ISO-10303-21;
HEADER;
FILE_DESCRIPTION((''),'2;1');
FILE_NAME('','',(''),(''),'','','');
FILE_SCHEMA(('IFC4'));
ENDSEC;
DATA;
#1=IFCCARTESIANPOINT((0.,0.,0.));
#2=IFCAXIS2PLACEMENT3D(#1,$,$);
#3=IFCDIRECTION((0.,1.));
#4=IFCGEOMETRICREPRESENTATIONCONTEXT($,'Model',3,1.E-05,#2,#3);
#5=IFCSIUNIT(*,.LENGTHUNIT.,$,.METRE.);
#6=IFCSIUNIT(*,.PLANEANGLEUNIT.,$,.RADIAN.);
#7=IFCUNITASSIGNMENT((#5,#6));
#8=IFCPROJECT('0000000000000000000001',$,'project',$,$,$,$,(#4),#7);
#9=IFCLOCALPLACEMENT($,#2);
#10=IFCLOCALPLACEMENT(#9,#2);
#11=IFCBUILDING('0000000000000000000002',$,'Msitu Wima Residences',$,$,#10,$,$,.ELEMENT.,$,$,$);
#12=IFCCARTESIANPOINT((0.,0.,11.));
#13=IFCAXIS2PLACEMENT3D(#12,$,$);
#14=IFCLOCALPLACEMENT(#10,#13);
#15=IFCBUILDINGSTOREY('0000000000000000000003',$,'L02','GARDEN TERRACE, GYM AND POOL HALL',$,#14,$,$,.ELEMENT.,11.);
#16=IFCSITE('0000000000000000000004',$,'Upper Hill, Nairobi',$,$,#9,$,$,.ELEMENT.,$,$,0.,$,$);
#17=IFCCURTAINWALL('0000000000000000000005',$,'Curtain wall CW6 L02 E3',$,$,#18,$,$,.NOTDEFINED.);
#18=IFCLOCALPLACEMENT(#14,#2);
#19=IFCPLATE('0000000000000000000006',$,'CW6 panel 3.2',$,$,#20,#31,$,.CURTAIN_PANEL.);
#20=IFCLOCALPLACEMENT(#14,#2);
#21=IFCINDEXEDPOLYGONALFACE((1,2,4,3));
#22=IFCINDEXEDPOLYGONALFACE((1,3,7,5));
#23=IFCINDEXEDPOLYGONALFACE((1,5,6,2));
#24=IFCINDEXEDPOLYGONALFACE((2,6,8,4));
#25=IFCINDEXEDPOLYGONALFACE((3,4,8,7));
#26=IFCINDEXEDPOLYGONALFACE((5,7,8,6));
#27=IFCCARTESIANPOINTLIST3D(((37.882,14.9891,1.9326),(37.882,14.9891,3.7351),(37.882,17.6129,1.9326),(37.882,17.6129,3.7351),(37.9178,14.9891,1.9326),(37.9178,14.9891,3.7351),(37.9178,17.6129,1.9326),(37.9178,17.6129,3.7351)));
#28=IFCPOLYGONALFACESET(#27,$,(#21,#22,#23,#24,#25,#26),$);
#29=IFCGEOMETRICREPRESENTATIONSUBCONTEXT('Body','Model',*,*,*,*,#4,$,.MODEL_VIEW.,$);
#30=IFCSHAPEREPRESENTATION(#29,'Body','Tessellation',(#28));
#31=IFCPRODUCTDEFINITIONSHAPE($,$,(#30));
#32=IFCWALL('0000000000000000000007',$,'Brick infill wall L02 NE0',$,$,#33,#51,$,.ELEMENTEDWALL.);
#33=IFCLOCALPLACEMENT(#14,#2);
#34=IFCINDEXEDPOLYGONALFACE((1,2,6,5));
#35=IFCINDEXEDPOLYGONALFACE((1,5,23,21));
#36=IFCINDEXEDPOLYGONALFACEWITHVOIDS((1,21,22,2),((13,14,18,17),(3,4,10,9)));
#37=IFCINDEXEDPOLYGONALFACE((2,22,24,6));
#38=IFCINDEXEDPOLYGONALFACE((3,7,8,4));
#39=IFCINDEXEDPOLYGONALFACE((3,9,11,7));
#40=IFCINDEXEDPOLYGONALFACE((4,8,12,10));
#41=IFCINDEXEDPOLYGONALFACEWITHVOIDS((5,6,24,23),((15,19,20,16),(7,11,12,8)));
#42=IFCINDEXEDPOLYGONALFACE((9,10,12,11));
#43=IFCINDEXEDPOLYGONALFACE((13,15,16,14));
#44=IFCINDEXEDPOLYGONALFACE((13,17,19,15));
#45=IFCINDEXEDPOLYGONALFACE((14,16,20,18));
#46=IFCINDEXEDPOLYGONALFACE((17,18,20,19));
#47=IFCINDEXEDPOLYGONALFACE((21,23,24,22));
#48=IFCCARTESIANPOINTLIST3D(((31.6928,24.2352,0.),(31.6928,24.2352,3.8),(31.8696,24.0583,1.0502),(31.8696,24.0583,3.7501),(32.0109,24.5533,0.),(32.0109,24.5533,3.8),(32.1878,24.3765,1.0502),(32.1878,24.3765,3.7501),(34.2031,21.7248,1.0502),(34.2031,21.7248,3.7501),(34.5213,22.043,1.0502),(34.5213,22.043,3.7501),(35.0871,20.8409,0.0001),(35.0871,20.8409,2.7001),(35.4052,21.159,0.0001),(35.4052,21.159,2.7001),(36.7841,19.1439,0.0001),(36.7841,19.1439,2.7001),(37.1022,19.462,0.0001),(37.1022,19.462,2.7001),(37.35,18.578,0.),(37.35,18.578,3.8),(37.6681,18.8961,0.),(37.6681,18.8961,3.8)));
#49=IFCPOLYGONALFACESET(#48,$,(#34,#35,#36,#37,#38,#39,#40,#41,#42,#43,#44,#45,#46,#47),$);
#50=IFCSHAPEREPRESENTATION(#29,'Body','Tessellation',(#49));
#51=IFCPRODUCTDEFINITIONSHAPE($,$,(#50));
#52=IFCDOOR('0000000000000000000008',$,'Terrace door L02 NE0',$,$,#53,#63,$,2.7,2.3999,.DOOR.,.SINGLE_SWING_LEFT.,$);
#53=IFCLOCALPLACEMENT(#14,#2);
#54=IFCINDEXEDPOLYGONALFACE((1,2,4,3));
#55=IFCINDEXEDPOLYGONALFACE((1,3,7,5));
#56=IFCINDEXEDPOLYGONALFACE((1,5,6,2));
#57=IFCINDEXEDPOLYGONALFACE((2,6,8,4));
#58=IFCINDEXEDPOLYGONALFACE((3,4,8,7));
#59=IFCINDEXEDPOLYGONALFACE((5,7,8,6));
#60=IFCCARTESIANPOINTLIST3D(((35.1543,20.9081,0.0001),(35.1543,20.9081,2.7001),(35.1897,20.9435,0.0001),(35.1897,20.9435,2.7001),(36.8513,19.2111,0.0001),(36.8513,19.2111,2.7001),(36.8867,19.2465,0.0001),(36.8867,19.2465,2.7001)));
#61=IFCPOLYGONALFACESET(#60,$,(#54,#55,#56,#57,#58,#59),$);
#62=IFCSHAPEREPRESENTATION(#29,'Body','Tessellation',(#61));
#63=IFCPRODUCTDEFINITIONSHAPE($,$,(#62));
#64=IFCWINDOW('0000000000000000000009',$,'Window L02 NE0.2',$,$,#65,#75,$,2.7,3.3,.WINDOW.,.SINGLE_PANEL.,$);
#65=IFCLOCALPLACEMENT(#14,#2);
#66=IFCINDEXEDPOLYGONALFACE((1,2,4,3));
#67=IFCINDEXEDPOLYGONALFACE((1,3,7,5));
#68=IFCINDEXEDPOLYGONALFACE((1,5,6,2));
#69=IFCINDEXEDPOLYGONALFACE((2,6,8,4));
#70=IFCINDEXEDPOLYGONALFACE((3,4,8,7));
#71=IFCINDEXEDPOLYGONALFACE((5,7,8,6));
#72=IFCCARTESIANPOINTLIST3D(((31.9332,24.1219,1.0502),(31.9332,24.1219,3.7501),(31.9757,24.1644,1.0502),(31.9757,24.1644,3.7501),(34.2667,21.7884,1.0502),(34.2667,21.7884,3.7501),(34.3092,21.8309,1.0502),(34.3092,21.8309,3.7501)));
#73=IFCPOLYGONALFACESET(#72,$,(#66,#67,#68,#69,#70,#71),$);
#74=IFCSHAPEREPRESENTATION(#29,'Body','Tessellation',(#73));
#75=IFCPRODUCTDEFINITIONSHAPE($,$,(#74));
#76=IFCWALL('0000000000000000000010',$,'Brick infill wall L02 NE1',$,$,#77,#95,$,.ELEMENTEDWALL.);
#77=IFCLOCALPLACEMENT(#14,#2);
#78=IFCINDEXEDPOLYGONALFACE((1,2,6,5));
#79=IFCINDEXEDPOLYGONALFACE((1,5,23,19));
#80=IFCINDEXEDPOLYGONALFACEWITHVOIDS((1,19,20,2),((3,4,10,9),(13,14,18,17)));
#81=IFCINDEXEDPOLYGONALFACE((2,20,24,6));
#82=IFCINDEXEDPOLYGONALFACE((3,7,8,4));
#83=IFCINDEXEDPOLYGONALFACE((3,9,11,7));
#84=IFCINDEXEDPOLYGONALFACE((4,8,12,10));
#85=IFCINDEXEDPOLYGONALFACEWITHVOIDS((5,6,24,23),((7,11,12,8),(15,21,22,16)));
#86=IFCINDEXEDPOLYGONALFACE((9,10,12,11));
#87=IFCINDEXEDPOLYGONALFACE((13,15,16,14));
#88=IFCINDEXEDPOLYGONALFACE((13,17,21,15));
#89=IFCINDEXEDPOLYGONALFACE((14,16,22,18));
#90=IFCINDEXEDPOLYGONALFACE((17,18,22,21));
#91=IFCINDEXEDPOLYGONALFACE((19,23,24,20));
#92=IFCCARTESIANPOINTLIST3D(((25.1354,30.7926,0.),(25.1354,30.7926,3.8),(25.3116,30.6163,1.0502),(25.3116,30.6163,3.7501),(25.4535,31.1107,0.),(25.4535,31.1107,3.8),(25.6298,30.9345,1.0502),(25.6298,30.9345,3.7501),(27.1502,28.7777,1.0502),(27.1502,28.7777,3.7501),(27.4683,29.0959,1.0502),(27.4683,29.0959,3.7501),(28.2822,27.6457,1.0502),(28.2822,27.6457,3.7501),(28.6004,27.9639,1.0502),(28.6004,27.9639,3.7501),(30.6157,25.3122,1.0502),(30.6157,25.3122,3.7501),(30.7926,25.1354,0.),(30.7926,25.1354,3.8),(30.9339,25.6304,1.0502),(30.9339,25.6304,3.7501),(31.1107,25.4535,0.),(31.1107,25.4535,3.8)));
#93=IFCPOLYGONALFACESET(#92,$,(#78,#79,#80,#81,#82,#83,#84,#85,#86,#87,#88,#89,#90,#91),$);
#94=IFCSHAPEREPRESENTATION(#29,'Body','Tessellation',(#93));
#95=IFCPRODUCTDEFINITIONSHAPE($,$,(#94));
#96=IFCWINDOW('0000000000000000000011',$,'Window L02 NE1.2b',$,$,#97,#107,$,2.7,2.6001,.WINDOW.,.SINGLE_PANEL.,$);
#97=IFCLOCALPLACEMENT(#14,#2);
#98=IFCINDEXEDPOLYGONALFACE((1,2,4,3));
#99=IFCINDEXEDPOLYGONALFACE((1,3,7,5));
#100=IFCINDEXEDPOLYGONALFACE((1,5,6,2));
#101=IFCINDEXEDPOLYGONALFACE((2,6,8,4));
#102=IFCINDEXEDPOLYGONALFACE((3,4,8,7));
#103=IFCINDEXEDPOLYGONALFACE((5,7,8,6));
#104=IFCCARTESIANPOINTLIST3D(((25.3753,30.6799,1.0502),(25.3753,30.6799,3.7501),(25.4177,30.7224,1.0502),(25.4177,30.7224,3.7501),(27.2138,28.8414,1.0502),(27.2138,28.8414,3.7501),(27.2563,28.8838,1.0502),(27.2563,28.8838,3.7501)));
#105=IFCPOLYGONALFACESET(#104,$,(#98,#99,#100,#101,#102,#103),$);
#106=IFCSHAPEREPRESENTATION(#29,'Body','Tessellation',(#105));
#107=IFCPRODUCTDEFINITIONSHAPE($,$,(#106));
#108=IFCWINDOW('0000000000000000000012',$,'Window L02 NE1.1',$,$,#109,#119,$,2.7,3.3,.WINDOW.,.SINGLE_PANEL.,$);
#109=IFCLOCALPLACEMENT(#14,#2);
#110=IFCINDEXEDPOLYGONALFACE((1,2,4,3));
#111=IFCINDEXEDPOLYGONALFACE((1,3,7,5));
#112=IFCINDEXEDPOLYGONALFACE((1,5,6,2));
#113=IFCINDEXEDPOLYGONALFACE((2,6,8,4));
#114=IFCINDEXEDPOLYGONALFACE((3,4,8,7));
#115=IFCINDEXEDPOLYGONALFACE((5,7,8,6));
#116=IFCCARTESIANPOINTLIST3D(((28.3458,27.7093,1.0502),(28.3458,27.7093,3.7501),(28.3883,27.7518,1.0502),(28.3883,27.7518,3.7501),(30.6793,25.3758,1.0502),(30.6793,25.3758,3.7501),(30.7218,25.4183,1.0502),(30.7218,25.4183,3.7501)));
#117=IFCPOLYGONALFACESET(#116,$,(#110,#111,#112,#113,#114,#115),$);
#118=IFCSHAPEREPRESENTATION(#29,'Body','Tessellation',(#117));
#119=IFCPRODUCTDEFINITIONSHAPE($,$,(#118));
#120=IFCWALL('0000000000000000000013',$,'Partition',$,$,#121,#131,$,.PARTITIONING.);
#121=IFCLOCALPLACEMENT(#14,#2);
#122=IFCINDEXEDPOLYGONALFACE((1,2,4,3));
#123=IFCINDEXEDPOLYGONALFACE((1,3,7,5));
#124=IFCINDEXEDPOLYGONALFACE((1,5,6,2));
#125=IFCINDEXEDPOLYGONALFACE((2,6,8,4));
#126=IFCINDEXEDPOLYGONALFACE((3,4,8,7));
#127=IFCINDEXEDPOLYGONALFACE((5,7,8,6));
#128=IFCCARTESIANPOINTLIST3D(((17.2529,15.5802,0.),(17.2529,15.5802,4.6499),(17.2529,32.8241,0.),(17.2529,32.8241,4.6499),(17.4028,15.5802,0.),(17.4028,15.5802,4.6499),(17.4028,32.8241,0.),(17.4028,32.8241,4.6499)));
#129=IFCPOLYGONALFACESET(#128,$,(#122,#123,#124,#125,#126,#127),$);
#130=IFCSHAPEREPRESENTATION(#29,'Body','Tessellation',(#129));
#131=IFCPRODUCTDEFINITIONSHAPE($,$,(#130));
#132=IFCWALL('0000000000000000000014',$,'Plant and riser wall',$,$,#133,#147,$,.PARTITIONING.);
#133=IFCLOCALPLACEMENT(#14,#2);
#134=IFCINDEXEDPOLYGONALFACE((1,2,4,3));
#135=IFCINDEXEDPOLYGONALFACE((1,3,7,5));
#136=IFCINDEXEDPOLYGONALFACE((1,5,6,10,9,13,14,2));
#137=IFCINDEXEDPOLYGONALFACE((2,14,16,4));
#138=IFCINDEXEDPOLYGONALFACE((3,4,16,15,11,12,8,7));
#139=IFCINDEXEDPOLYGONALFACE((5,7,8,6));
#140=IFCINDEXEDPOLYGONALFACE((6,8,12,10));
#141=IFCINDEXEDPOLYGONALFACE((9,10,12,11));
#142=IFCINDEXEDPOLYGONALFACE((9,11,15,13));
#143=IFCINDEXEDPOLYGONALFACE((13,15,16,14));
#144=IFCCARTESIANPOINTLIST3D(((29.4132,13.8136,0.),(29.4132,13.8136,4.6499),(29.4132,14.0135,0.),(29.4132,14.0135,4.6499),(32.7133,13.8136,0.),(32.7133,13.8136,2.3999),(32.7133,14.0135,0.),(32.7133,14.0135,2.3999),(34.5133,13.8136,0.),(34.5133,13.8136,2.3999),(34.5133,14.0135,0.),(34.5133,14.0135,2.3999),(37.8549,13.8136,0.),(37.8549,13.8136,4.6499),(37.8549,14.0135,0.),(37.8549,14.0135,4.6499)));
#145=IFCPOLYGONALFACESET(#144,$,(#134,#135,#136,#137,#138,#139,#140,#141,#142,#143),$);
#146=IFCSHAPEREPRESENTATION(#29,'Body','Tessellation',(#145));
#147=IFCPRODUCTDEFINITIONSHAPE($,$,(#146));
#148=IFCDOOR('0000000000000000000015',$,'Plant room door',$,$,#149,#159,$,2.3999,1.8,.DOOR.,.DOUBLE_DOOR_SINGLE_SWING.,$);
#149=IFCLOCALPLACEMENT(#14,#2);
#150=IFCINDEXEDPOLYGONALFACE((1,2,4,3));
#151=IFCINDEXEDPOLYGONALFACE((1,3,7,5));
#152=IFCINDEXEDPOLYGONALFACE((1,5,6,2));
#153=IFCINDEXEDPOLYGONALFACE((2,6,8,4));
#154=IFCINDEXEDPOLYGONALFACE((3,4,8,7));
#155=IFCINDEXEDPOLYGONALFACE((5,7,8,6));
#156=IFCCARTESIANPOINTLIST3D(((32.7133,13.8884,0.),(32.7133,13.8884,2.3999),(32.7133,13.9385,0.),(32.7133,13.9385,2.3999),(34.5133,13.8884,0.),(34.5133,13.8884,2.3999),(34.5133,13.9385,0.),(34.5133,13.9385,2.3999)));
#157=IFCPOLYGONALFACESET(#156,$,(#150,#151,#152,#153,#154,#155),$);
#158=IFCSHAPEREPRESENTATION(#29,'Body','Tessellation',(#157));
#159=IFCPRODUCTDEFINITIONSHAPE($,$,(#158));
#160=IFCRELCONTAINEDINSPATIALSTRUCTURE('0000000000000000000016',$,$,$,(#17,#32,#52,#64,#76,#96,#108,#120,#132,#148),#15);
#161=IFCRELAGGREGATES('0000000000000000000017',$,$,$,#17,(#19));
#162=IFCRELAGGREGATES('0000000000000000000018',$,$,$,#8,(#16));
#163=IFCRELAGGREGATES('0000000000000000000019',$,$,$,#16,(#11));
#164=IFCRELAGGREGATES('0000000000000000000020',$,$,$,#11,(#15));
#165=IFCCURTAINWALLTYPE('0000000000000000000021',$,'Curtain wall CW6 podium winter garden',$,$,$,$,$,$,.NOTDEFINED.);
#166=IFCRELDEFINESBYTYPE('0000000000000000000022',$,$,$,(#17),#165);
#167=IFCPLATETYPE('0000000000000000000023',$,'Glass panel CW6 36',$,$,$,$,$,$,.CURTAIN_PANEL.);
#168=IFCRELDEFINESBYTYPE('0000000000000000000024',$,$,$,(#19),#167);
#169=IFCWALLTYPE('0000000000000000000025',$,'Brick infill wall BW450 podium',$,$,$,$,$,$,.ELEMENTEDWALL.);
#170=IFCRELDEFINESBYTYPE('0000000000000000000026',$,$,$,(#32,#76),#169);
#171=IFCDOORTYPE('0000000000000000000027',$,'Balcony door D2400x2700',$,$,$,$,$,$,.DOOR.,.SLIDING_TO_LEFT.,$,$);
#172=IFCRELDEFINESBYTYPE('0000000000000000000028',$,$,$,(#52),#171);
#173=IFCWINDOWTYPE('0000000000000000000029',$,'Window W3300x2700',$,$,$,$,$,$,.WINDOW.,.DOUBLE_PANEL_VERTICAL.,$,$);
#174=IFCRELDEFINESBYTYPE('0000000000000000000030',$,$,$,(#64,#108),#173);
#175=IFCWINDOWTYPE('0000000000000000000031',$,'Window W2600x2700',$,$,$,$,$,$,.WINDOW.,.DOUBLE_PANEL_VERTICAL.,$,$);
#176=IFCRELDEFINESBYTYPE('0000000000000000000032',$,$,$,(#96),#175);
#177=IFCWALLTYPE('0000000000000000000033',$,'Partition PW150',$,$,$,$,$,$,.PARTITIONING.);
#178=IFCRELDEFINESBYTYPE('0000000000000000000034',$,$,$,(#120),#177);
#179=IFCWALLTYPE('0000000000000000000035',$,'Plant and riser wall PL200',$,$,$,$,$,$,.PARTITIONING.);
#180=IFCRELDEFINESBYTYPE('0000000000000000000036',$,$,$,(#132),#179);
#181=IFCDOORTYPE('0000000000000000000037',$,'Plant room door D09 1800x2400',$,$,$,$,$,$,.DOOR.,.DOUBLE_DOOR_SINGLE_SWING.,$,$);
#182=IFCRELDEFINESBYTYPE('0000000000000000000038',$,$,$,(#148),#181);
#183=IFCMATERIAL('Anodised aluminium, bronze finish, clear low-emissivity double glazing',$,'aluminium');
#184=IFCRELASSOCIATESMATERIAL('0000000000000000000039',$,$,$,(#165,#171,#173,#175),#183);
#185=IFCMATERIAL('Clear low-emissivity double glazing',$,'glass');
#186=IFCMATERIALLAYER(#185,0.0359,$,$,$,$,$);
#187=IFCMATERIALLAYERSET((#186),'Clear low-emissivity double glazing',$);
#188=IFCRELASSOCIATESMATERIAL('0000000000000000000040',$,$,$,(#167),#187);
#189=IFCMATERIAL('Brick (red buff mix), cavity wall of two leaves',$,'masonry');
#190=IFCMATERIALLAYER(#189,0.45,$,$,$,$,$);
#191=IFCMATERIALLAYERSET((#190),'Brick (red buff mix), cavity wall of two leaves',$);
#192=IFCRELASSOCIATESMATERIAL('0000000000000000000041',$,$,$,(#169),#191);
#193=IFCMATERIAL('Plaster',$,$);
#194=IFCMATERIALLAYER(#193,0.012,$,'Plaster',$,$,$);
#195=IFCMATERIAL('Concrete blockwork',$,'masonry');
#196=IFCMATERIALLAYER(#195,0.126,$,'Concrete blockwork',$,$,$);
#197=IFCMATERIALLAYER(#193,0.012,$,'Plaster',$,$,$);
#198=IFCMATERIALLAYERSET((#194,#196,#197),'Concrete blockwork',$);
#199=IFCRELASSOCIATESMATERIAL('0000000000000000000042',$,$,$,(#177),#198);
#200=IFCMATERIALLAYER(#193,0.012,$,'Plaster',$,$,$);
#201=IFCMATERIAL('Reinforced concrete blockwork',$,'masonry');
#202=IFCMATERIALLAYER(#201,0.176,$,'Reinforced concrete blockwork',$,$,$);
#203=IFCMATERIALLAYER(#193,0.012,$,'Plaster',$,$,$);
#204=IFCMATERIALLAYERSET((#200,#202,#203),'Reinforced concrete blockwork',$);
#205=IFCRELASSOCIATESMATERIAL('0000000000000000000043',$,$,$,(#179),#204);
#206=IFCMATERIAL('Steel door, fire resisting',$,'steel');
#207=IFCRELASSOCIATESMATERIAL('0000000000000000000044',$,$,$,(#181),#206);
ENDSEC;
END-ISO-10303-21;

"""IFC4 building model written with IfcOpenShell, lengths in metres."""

from ifc_helpers import new_model, si_unit, direction, frame, frame_2d, origin, origin_2d, place, context, subcontext, project, spatial, rectangle, extrude, material, layer, layer_set, type_object, element, fill, aggregate, save


model = new_model("IFC4")

# Units and contexts
model_context = context("Model", 3, precision=1e-05, world=origin(), true_north=direction((0.0, 1.0)))
body_context = subcontext(model_context, "Body", "Model", "MODEL_VIEW")
ifc_project = project(units=[si_unit("LENGTHUNIT", "METRE"), si_unit("PLANEANGLEUNIT", "RADIAN")], contexts=[model_context])

# Site, building, storey
site_placement = place(None, origin())
site = spatial("IfcSite", under=ifc_project, at=site_placement, Name="Upper Hill, Nairobi", CompositionType="ELEMENT", RefElevation=0.0)
building_placement = place(site_placement, origin())
building = spatial("IfcBuilding", under=site, at=building_placement, Name="Msitu Wima Residences", CompositionType="ELEMENT")
storey_placement = place(building_placement, frame((0.0, 0.0, 11.0)))
storey = spatial("IfcBuildingStorey", under=building, at=storey_placement, Name="L02", Description="GARDEN TERRACE, GYM AND POOL HALL", CompositionType="ELEMENT", Elevation=11.0)

# Curtain wall
ifc_material_1 = material(Name="Anodised aluminium, bronze finish, clear low-emissivity double glazing", Category="aluminium")
curtain_wall_type = type_object("IfcCurtainWallType", Name="Curtain wall CW6 podium winter garden", PredefinedType="NOTDEFINED", material=ifc_material_1)
curtain_wall_placement = place(storey_placement, origin())
curtain_wall = element("IfcCurtainWall", 1, at=curtain_wall_placement, inside=storey, type_object=curtain_wall_type, Name="Curtain wall CW6 L02 E3", PredefinedType="NOTDEFINED")

# Plate
ifc_material_2 = material(Name="Clear low-emissivity double glazing", Category="glass")
ifc_layer_1 = layer(ifc_material_2, 0.0359)
ifc_layer_set_1 = layer_set([ifc_layer_1], Name="Clear low-emissivity double glazing")
plate_type = type_object("IfcPlateType", Name="Glass panel CW6 36", PredefinedType="CURTAIN_PANEL", material=ifc_layer_set_1)
plate_1_placement = place(storey_placement, frame((37.8999, 16.301, 1.9326), z_axis=(0.0, 0.0, 1.0), x_axis=(0.0, 1.0, 0.0)))
plate_1 = element("IfcPlate", 2, at=plate_1_placement, type_object=plate_type, Name="CW6 panel 3.2", PredefinedType="CURTAIN_PANEL", context=body_context, shape_type="SweptSolid", body=[
    extrude(rectangle(XDim=2.6238, YDim=0.0359, at=origin_2d()), origin(), (0.0, 0.0, 1.0), 1.8025),
])
aggregate(curtain_wall, [plate_1])

# Wall, openings, door, window
ifc_material_3 = material(Name="Brick (red buff mix), cavity wall of two leaves", Category="masonry")
ifc_layer_2 = layer(ifc_material_3, 0.45)
ifc_layer_set_2 = layer_set([ifc_layer_2], Name="Brick (red buff mix), cavity wall of two leaves")
wall_type_1 = type_object("IfcWallType", Name="Brick infill wall BW450 podium", PredefinedType="ELEMENTEDWALL", material=ifc_layer_set_2)
wall_1_placement = place(storey_placement, frame((37.509, 18.7371, 0.0), z_axis=(0.0, 0.0, 1.0), x_axis=(-0.707107, 0.707107, 0.0)))
wall_1 = element("IfcWall", 3, at=wall_1_placement, inside=storey, type_object=wall_type_1, Name="Brick infill wall L02 NE0", PredefinedType="ELEMENTEDWALL", context=body_context, shape_type="SweptSolid", body=[
    extrude(rectangle(XDim=8.0005, YDim=0.45, at=frame_2d((4.0002, 0.0))), origin(), (0.0, 0.0, 1.0), 3.8),
])
opening_1_placement = place(wall_1_placement, frame((0.8003, 0.0, 0.0)))
opening_1 = element("IfcOpeningElement", 4, at=opening_1_placement, cuts=wall_1, PredefinedType="OPENING", context=body_context, shape_type="SweptSolid", body=[
    extrude(rectangle(XDim=2.3999, YDim=2.7, at=frame_2d((1.2, 1.3501))), frame((0.0, 0.2349, 0.0), z_axis=(0.0, -1.0, 0.0), x_axis=(1.0, 0.0, 0.0)), (0.0, 0.0, 1.0), 0.47),
])
opening_2_placement = place(wall_1_placement, frame((4.4504, 0.0, 1.05)))
opening_2 = element("IfcOpeningElement", 5, at=opening_2_placement, cuts=wall_1, PredefinedType="OPENING", context=body_context, shape_type="SweptSolid", body=[
    extrude(rectangle(XDim=3.3, YDim=2.7, at=frame_2d((1.6499, 1.3501))), frame((0.0, 0.2349, 0.0), z_axis=(0.0, -1.0, 0.0), x_axis=(1.0, 0.0, 0.0)), (0.0, 0.0, 1.0), 0.47),
])
door_type_1 = type_object("IfcDoorType", Name="Balcony door D2400x2700", OperationType="SLIDING_TO_LEFT", PredefinedType="DOOR", material=ifc_material_1)
door_1_placement = place(opening_1_placement, origin())
door_1 = element("IfcDoor", 6, at=door_1_placement, inside=storey, type_object=door_type_1, Name="Terrace door L02 NE0", OperationType="SINGLE_SWING_LEFT", OverallHeight=2.7, OverallWidth=2.3999, PredefinedType="DOOR", context=body_context, shape_type="SweptSolid", body=[
    extrude(rectangle(XDim=2.3999, YDim=2.7, at=frame_2d((1.2, 1.3501))), frame((0.0, 0.1299, 0.0), z_axis=(0.0, -1.0, 0.0), x_axis=(1.0, 0.0, 0.0)), (0.0, 0.0, 1.0), 0.05),
])
fill(opening_1, door_1)
window_type_1 = type_object("IfcWindowType", Name="Window W3300x2700", PartitioningType="DOUBLE_PANEL_VERTICAL", PredefinedType="WINDOW", material=ifc_material_1)
window_1_placement = place(opening_2_placement, origin())
window_1 = element("IfcWindow", 7, at=window_1_placement, inside=storey, type_object=window_type_1, Name="Window L02 NE0.2", OverallHeight=2.7, OverallWidth=3.3, PartitioningType="SINGLE_PANEL", PredefinedType="WINDOW", context=body_context, shape_type="SweptSolid", body=[
    extrude(rectangle(XDim=3.3, YDim=2.7, at=frame_2d((1.6499, 1.3501))), frame((0.0, 0.135, 0.0), z_axis=(0.0, -1.0, 0.0), x_axis=(1.0, 0.0, 0.0)), (0.0, 0.0, 1.0), 0.0601),
])
fill(opening_2, window_1)

# Wall, openings, windows
wall_2_placement = place(storey_placement, frame((30.9517, 25.2944, 0.0), z_axis=(0.0, 0.0, 1.0), x_axis=(-0.707107, 0.707107, 0.0)))
wall_2 = element("IfcWall", 8, at=wall_2_placement, inside=storey, type_object=wall_type_1, Name="Brick infill wall L02 NE1", PredefinedType="ELEMENTEDWALL", context=body_context, shape_type="SweptSolid", body=[
    extrude(rectangle(XDim=8.0005, YDim=0.45, at=frame_2d((4.0002, 0.0))), origin(), (0.0, 0.0, 1.0), 3.8),
])
opening_3_placement = place(wall_2_placement, frame((0.2502, 0.0, 1.05)))
opening_3 = element("IfcOpeningElement", 9, at=opening_3_placement, cuts=wall_2, PredefinedType="OPENING", context=body_context, shape_type="SweptSolid", body=[
    extrude(rectangle(XDim=3.3, YDim=2.7, at=frame_2d((1.6499, 1.3501))), frame((0.0, 0.2349, 0.0), z_axis=(0.0, -1.0, 0.0), x_axis=(1.0, 0.0, 0.0)), (0.0, 0.0, 1.0), 0.47),
])
opening_4_placement = place(wall_2_placement, frame((5.1511, 0.0, 1.05)))
opening_4 = element("IfcOpeningElement", 10, at=opening_4_placement, cuts=wall_2, PredefinedType="OPENING", context=body_context, shape_type="SweptSolid", body=[
    extrude(rectangle(XDim=2.6001, YDim=2.7, at=frame_2d((1.3, 1.3501))), frame((0.0, 0.2349, 0.0), z_axis=(0.0, -1.0, 0.0), x_axis=(1.0, 0.0, 0.0)), (0.0, 0.0, 1.0), 0.47),
])
window_type_2 = type_object("IfcWindowType", Name="Window W2600x2700", PartitioningType="DOUBLE_PANEL_VERTICAL", PredefinedType="WINDOW", material=ifc_material_1)
window_2_placement = place(opening_4_placement, origin())
window_2 = element("IfcWindow", 11, at=window_2_placement, inside=storey, type_object=window_type_2, Name="Window L02 NE1.2b", OverallHeight=2.7, OverallWidth=2.6001, PartitioningType="SINGLE_PANEL", PredefinedType="WINDOW", context=body_context, shape_type="SweptSolid", body=[
    extrude(rectangle(XDim=2.6001, YDim=2.7, at=frame_2d((1.3, 1.3501))), frame((0.0, 0.135, 0.0), z_axis=(0.0, -1.0, 0.0), x_axis=(1.0, 0.0, 0.0)), (0.0, 0.0, 1.0), 0.0601),
])
fill(opening_4, window_2)
window_3_placement = place(opening_3_placement, origin())
window_3 = element("IfcWindow", 12, at=window_3_placement, inside=storey, type_object=window_type_1, Name="Window L02 NE1.1", OverallHeight=2.7, OverallWidth=3.3, PartitioningType="SINGLE_PANEL", PredefinedType="WINDOW", context=body_context, shape_type="SweptSolid", body=[
    extrude(rectangle(XDim=3.3, YDim=2.7, at=frame_2d((1.6499, 1.3501))), frame((0.0, 0.135, 0.0), z_axis=(0.0, -1.0, 0.0), x_axis=(1.0, 0.0, 0.0)), (0.0, 0.0, 1.0), 0.0601),
])
fill(opening_3, window_3)

# Wall
ifc_material_4 = material(Name="Plaster")
ifc_layer_3 = layer(ifc_material_4, 0.012, Name="Plaster")
ifc_material_5 = material(Name="Concrete blockwork", Category="masonry")
ifc_layer_4 = layer(ifc_material_5, 0.126, Name="Concrete blockwork")
ifc_layer_5 = layer(ifc_material_4, 0.012, Name="Plaster")
ifc_layer_set_3 = layer_set([ifc_layer_3, ifc_layer_4, ifc_layer_5], Name="Concrete blockwork")
wall_type_2 = type_object("IfcWallType", Name="Partition PW150", PredefinedType="PARTITIONING", material=ifc_layer_set_3)
wall_3_placement = place(storey_placement, frame((17.3279, 15.5801, 0.0), z_axis=(0.0, 0.0, 1.0), x_axis=(0.0, 1.0, 0.0)))
element("IfcWall", 13, at=wall_3_placement, inside=storey, type_object=wall_type_2, Name="Partition", PredefinedType="PARTITIONING", context=body_context, shape_type="SweptSolid", body=[
    extrude(rectangle(XDim=17.2439, YDim=0.1499, at=frame_2d((8.6221, 0.0))), origin(), (0.0, 0.0, 1.0), 4.6499),
])

# Wall, opening, door
ifc_layer_6 = layer(ifc_material_4, 0.012, Name="Plaster")
ifc_material_6 = material(Name="Reinforced concrete blockwork", Category="masonry")
ifc_layer_7 = layer(ifc_material_6, 0.176, Name="Reinforced concrete blockwork")
ifc_layer_8 = layer(ifc_material_4, 0.012, Name="Plaster")
ifc_layer_set_4 = layer_set([ifc_layer_6, ifc_layer_7, ifc_layer_8], Name="Reinforced concrete blockwork")
wall_type_3 = type_object("IfcWallType", Name="Plant and riser wall PL200", PredefinedType="PARTITIONING", material=ifc_layer_set_4)
wall_4_placement = place(storey_placement, frame((29.4133, 13.9136, 0.0), z_axis=(0.0, 0.0, 1.0), x_axis=(1.0, 0.0, 0.0)))
wall_4 = element("IfcWall", 14, at=wall_4_placement, inside=storey, type_object=wall_type_3, Name="Plant and riser wall", PredefinedType="PARTITIONING", context=body_context, shape_type="SweptSolid", body=[
    extrude(rectangle(XDim=8.4417, YDim=0.2, at=frame_2d((4.2207, 0.0))), origin(), (0.0, 0.0, 1.0), 4.6499),
])
opening_5_placement = place(wall_4_placement, frame((3.3, 0.0, 0.0)))
opening_5 = element("IfcOpeningElement", 15, at=opening_5_placement, cuts=wall_4, PredefinedType="OPENING", context=body_context, shape_type="SweptSolid", body=[
    extrude(rectangle(XDim=1.8, YDim=2.3999, at=frame_2d((0.8999, 1.2))), frame((0.0, 0.1099, 0.0), z_axis=(0.0, -1.0, 0.0), x_axis=(1.0, 0.0, 0.0)), (0.0, 0.0, 1.0), 0.22),
])
ifc_material_7 = material(Name="Steel door, fire resisting", Category="steel")
door_type_2 = type_object("IfcDoorType", Name="Plant room door D09 1800x2400", OperationType="DOUBLE_DOOR_SINGLE_SWING", PredefinedType="DOOR", material=ifc_material_7)
door_2_placement = place(opening_5_placement, origin())
door_2 = element("IfcDoor", 16, at=door_2_placement, inside=storey, type_object=door_type_2, Name="Plant room door", OperationType="DOUBLE_DOOR_SINGLE_SWING", OverallHeight=2.3999, OverallWidth=1.8, PredefinedType="DOOR", context=body_context, shape_type="SweptSolid", body=[
    extrude(rectangle(XDim=1.8, YDim=2.3999, at=frame_2d((0.8999, 1.2))), frame((0.0, 0.0249, 0.0), z_axis=(0.0, -1.0, 0.0), x_axis=(1.0, 0.0, 0.0)), (0.0, 0.0, 1.0), 0.05),
])
fill(opening_5, door_2)

save(model, "model.ifc")
